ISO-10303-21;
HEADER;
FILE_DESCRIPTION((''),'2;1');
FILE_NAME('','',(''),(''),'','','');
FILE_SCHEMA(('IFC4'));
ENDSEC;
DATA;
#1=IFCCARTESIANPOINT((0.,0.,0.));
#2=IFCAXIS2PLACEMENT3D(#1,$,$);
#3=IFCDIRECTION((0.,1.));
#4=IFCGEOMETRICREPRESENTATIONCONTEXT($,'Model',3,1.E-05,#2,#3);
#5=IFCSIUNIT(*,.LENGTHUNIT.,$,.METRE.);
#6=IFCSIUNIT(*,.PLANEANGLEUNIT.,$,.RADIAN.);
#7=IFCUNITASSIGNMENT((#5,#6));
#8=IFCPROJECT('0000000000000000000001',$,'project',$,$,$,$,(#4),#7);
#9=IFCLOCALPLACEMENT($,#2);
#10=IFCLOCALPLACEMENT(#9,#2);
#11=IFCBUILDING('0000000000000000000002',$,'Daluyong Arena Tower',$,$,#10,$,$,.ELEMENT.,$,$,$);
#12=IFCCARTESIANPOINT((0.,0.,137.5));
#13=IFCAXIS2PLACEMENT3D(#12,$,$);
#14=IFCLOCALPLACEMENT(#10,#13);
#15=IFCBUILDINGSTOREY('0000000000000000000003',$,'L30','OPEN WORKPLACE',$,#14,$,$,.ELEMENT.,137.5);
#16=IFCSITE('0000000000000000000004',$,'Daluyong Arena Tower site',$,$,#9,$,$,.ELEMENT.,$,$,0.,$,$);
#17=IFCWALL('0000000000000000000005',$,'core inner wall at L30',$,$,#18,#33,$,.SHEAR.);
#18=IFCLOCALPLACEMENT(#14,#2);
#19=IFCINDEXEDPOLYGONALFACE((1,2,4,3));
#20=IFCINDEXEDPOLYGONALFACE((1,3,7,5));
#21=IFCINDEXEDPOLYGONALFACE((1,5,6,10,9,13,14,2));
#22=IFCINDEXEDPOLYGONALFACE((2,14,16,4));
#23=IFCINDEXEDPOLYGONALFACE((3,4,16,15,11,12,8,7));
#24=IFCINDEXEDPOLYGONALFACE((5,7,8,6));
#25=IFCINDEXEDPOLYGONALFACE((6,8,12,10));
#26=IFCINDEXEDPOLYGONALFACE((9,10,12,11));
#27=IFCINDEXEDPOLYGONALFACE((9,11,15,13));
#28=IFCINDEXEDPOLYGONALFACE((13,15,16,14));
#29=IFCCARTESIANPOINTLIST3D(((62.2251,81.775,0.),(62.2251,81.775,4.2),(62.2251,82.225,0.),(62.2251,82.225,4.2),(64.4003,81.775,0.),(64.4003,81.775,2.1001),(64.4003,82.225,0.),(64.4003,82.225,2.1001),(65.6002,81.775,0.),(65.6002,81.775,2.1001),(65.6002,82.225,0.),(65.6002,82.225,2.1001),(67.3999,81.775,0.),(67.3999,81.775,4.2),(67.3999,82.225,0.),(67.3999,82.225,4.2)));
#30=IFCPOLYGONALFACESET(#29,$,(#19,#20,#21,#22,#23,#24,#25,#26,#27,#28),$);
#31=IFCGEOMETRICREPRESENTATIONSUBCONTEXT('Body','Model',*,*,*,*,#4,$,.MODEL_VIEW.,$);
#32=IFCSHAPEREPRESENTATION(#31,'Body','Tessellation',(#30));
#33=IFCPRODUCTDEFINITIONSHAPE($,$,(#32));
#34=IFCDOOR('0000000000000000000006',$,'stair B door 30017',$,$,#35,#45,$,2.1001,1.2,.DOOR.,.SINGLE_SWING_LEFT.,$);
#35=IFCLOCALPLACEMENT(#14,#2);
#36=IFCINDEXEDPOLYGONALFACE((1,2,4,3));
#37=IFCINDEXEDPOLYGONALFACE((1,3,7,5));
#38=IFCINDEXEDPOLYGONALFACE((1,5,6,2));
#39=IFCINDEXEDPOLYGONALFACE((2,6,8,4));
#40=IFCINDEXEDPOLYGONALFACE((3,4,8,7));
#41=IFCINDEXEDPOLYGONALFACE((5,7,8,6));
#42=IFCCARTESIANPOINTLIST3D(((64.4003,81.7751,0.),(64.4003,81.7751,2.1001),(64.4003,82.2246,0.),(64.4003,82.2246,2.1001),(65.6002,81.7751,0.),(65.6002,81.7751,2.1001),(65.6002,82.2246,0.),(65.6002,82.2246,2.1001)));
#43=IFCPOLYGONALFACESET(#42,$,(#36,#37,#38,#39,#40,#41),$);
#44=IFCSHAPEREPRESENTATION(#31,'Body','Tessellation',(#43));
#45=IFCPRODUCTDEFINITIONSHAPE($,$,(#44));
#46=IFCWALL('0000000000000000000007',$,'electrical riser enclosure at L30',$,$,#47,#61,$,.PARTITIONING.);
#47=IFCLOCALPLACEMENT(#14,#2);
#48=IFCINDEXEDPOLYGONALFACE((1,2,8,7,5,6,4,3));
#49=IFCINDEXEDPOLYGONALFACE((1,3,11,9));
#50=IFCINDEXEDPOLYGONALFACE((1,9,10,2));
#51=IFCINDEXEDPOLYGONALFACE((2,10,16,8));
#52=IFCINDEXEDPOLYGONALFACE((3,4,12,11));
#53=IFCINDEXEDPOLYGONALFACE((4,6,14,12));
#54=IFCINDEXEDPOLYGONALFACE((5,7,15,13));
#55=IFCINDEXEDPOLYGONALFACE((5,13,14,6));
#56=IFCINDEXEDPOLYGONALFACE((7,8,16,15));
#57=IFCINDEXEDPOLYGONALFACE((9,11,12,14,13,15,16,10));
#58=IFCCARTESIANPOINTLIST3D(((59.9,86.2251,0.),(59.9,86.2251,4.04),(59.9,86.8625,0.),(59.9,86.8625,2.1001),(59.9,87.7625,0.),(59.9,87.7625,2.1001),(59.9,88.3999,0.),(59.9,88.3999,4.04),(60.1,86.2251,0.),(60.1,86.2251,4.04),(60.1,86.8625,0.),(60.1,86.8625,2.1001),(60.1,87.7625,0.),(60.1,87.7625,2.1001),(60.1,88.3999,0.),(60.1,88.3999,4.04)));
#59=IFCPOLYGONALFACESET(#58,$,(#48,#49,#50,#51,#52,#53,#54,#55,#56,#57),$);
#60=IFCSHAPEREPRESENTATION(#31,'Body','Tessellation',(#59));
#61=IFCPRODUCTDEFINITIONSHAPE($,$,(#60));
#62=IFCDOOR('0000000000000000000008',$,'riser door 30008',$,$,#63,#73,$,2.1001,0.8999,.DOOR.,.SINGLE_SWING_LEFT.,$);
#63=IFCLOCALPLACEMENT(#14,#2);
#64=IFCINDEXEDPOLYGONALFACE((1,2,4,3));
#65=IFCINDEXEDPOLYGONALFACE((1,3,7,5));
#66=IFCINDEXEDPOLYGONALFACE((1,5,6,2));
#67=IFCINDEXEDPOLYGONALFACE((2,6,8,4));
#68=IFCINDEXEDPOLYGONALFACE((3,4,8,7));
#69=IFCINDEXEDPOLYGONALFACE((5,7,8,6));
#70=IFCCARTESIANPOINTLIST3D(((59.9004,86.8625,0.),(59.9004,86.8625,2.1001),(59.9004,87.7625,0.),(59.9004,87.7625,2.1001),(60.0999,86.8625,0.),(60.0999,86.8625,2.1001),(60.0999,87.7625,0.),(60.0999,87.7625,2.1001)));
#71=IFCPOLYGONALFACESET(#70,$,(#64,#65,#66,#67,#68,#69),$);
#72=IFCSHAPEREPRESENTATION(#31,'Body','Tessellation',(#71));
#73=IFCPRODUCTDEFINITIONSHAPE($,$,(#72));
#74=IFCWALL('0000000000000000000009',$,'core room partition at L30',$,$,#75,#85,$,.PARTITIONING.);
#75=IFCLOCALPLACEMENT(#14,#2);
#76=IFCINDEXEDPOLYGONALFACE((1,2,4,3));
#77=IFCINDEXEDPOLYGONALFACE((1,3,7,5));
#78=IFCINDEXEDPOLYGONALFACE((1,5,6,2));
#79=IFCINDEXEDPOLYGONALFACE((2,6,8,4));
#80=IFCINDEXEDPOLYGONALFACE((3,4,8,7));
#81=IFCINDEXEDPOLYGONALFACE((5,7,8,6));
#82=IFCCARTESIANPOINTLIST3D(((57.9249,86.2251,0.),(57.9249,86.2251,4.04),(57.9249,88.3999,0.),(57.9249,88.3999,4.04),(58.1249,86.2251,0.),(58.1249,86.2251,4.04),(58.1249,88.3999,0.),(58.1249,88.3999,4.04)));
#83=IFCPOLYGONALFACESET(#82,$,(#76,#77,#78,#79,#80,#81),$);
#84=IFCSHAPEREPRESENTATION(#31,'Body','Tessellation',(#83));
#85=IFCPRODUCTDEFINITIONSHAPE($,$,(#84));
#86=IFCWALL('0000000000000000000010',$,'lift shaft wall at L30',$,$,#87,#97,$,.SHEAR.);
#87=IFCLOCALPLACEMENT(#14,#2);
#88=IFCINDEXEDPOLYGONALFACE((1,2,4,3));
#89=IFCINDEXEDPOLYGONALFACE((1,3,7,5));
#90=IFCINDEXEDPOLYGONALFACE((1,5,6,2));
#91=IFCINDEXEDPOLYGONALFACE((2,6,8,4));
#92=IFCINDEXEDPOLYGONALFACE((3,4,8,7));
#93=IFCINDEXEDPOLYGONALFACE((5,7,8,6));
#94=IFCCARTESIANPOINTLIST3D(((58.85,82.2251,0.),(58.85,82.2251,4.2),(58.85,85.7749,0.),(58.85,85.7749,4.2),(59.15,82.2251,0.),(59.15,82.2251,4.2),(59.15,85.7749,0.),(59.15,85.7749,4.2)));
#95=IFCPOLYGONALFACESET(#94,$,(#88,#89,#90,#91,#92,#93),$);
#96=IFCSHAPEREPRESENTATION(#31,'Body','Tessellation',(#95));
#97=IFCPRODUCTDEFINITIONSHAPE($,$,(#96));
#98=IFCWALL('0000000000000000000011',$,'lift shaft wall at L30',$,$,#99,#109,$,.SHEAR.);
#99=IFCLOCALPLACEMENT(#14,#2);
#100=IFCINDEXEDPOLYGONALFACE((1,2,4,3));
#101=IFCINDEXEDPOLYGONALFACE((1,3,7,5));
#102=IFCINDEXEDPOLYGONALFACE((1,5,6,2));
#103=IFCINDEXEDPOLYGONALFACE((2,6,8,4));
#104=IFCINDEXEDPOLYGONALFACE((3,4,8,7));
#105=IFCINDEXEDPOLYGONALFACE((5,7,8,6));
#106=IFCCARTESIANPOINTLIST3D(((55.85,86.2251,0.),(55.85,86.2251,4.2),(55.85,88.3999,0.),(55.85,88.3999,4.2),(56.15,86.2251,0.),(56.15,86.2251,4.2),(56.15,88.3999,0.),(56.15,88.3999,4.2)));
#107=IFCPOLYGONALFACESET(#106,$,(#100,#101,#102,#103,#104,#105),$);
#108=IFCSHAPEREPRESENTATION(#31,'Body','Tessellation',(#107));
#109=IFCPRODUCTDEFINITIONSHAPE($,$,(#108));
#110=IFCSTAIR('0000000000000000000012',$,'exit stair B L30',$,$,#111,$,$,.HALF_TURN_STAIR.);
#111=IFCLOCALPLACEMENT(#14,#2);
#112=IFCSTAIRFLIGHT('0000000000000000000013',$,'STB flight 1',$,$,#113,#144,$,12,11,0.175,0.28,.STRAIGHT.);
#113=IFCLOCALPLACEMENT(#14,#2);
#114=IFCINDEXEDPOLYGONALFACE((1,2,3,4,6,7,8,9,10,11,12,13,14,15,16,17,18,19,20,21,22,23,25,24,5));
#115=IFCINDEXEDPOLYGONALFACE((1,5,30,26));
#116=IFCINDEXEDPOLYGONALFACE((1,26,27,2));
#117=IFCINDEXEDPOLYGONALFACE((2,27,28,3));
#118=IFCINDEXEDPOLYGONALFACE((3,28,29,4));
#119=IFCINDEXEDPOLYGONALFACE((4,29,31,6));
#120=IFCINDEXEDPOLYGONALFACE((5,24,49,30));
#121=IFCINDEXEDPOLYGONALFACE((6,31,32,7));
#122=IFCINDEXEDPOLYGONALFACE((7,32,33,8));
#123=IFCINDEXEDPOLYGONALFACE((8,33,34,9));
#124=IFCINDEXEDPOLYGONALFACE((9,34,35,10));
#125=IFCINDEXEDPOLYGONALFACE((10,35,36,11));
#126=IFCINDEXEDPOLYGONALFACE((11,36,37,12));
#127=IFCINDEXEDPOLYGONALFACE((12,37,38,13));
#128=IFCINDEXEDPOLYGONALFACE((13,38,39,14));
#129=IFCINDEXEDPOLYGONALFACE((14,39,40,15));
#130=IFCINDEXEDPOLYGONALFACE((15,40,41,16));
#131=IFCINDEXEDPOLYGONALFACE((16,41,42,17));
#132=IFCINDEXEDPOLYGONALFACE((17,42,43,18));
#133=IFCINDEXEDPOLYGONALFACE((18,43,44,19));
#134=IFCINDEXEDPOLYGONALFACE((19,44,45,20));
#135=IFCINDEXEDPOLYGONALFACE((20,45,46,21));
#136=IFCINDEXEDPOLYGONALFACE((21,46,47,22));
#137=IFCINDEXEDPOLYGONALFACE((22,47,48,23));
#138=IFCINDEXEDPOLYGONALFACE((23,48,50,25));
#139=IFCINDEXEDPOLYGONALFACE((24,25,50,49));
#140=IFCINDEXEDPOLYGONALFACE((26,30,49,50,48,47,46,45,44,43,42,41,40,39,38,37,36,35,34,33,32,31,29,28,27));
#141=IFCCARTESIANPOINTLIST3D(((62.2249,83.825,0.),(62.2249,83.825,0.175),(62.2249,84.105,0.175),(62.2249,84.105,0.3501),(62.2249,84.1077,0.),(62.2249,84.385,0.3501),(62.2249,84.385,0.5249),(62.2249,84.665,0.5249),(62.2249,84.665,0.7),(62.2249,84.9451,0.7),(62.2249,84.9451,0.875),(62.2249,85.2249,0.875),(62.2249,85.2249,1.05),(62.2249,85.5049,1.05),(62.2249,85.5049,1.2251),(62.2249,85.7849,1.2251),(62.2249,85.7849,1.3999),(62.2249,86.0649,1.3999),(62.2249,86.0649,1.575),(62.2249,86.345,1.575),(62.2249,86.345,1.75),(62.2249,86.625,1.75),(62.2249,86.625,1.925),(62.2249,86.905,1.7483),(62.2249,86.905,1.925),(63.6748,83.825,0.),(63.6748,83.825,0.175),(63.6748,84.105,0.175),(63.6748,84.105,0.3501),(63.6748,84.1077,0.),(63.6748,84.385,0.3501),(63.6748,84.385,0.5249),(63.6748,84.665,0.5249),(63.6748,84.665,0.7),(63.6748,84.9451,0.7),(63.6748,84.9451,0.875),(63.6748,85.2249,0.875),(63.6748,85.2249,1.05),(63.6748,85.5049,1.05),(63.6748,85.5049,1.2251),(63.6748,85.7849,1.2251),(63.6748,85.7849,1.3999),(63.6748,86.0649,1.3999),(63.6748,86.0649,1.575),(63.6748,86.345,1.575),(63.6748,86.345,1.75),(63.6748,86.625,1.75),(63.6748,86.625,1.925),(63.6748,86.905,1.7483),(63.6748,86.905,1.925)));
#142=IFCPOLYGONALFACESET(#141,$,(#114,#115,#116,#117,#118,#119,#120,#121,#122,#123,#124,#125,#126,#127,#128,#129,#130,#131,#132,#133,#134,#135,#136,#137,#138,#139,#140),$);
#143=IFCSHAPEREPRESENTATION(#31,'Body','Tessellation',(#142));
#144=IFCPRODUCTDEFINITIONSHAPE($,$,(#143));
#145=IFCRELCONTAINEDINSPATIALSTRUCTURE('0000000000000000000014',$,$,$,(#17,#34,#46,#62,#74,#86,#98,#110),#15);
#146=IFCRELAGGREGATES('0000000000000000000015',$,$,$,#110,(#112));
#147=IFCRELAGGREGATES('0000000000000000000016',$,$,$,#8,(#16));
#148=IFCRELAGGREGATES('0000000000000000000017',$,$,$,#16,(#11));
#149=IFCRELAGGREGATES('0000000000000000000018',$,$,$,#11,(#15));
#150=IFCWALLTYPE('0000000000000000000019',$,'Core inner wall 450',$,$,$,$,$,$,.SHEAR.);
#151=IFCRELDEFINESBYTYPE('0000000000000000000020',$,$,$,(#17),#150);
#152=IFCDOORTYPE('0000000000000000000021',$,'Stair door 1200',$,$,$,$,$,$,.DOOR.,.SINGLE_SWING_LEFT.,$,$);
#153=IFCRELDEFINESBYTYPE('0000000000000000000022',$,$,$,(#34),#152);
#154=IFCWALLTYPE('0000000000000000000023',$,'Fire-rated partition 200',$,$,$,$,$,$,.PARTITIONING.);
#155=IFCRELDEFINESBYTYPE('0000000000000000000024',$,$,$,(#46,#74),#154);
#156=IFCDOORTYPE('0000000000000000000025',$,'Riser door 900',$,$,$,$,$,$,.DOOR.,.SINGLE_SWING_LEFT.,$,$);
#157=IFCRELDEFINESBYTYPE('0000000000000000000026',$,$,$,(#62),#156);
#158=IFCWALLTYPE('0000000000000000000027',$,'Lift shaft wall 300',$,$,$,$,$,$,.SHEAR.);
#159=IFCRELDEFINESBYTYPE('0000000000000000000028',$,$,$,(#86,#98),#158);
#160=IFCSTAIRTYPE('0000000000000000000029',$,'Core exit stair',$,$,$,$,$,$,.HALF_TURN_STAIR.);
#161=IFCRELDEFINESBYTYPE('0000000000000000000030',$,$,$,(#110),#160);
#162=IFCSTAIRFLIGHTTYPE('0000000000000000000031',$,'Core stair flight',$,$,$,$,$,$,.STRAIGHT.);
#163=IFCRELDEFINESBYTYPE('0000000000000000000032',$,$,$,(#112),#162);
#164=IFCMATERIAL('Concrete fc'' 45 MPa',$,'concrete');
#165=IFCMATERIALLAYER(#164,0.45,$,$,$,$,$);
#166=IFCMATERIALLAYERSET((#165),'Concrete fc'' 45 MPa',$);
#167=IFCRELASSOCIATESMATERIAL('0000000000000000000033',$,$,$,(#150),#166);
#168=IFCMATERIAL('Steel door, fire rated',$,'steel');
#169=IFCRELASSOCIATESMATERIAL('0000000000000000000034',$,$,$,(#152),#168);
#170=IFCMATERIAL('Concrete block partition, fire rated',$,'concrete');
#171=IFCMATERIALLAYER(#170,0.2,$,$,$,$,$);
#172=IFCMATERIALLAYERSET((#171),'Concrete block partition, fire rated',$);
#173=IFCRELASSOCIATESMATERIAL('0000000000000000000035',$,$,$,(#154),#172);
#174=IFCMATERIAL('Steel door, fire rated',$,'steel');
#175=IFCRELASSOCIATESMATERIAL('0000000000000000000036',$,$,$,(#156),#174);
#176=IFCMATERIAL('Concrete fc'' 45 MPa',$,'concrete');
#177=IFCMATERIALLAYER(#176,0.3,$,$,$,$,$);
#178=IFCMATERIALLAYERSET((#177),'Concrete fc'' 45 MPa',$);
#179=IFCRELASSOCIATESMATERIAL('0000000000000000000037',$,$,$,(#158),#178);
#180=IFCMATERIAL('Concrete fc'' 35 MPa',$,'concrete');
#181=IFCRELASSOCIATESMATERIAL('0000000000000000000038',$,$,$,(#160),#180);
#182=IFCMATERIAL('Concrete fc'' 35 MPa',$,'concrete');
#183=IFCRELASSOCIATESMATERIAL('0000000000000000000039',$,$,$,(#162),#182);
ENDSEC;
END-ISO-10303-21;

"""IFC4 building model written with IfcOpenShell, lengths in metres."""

from ifc_helpers import new_model, si_unit, direction, frame, frame_2d, origin, place, context, subcontext, project, spatial, polyline, rectangle, outline, extrude, material, layer, layer_set, type_object, element, fill, aggregate, save


model = new_model("IFC4")

# Units and contexts
model_context = context("Model", 3, precision=1e-05, world=origin(), true_north=direction((0.0, 1.0)))
body_context = subcontext(model_context, "Body", "Model", "MODEL_VIEW")
ifc_project = project(units=[si_unit("LENGTHUNIT", "METRE"), si_unit("PLANEANGLEUNIT", "RADIAN")], contexts=[model_context])

# Site, building, storey
site_placement = place(None, origin())
site = spatial("IfcSite", under=ifc_project, at=site_placement, Name="Daluyong Arena Tower site", CompositionType="ELEMENT", RefElevation=0.0)
building_placement = place(site_placement, origin())
building = spatial("IfcBuilding", under=site, at=building_placement, Name="Daluyong Arena Tower", CompositionType="ELEMENT")
storey_placement = place(building_placement, frame((0.0, 0.0, 137.5)))
storey = spatial("IfcBuildingStorey", under=building, at=storey_placement, Name="L30", Description="OPEN WORKPLACE", CompositionType="ELEMENT", Elevation=137.5)

# Walls, openings, doors
ifc_material_1 = material(Name="Concrete fc' 45 MPa", Category="concrete")
ifc_layer_1 = layer(ifc_material_1, 0.45)
ifc_layer_set_1 = layer_set([ifc_layer_1], Name="Concrete fc' 45 MPa")
wall_type_1 = type_object("IfcWallType", Name="Core inner wall 450", PredefinedType="SHEAR", material=ifc_layer_set_1)
wall_1_placement = place(storey_placement, frame((62.2251, 82.0, 0.0), z_axis=(0.0, 0.0, 1.0), x_axis=(1.0, 0.0, 0.0)))
wall_1 = element("IfcWall", 1, at=wall_1_placement, inside=storey, type_object=wall_type_1, Name="core inner wall at L30", PredefinedType="SHEAR", context=body_context, shape_type="SweptSolid", body=[
    extrude(rectangle(XDim=5.1748, YDim=0.45, at=frame_2d((2.5874, 0.0))), origin(), (0.0, 0.0, 1.0), 4.2),
])
opening_1_placement = place(wall_1_placement, frame((2.175, 0.0, 0.0)))
opening_1 = element("IfcOpeningElement", 2, at=opening_1_placement, cuts=wall_1, PredefinedType="OPENING", context=body_context, shape_type="SweptSolid", body=[
    extrude(rectangle(XDim=1.2, YDim=2.1001, at=frame_2d((0.6001, 1.05))), frame((0.0, 0.2349, 0.0), z_axis=(0.0, -1.0, 0.0), x_axis=(1.0, 0.0, 0.0)), (0.0, 0.0, 1.0), 0.47),
])
ifc_material_2 = material(Name="Steel door, fire rated", Category="steel")
door_type_1 = type_object("IfcDoorType", Name="Stair door 1200", OperationType="SINGLE_SWING_LEFT", PredefinedType="DOOR", material=ifc_material_2)
door_1_placement = place(opening_1_placement, origin())
door_1 = element("IfcDoor", 3, at=door_1_placement, inside=storey, type_object=door_type_1, Name="stair B door 30017", OperationType="SINGLE_SWING_LEFT", OverallHeight=2.1001, OverallWidth=1.2, PredefinedType="DOOR", context=body_context, shape_type="SweptSolid", body=[
    extrude(rectangle(XDim=1.2, YDim=2.1001, at=frame_2d((0.6001, 1.05))), frame((0.0, 0.2246, 0.0), z_axis=(0.0, -1.0, 0.0), x_axis=(1.0, 0.0, 0.0)), (0.0, 0.0, 1.0), 0.4495),
])
fill(opening_1, door_1)
ifc_material_3 = material(Name="Concrete block partition, fire rated", Category="concrete")
ifc_layer_2 = layer(ifc_material_3, 0.2)
ifc_layer_set_2 = layer_set([ifc_layer_2], Name="Concrete block partition, fire rated")
wall_type_2 = type_object("IfcWallType", Name="Fire-rated partition 200", PredefinedType="PARTITIONING", material=ifc_layer_set_2)
wall_2_placement = place(storey_placement, frame((60.0, 86.2251, 0.0), z_axis=(0.0, 0.0, 1.0), x_axis=(0.0, 1.0, 0.0)))
wall_2 = element("IfcWall", 4, at=wall_2_placement, inside=storey, type_object=wall_type_2, Name="electrical riser enclosure at L30", PredefinedType="PARTITIONING", context=body_context, shape_type="SweptSolid", body=[
    extrude(rectangle(XDim=2.1748, YDim=0.2, at=frame_2d((1.0874, 0.0))), origin(), (0.0, 0.0, 1.0), 4.04),
])
opening_2_placement = place(wall_2_placement, frame((0.6375, 0.0, 0.0)))
opening_2 = element("IfcOpeningElement", 5, at=opening_2_placement, cuts=wall_2, PredefinedType="OPENING", context=body_context, shape_type="SweptSolid", body=[
    extrude(rectangle(XDim=0.8999, YDim=2.1001, at=frame_2d((0.45, 1.05))), frame((0.0, 0.1099, 0.0), z_axis=(0.0, -1.0, 0.0), x_axis=(1.0, 0.0, 0.0)), (0.0, 0.0, 1.0), 0.22),
])
ifc_material_4 = material(Name="Steel door, fire rated", Category="steel")
door_type_2 = type_object("IfcDoorType", Name="Riser door 900", OperationType="SINGLE_SWING_LEFT", PredefinedType="DOOR", material=ifc_material_4)
door_2_placement = place(opening_2_placement, origin())
door_2 = element("IfcDoor", 6, at=door_2_placement, inside=storey, type_object=door_type_2, Name="riser door 30008", OperationType="SINGLE_SWING_LEFT", OverallHeight=2.1001, OverallWidth=0.8999, PredefinedType="DOOR", context=body_context, shape_type="SweptSolid", body=[
    extrude(rectangle(XDim=0.8999, YDim=2.1001, at=frame_2d((0.45, 1.05))), frame((0.0, 0.0996, 0.0), z_axis=(0.0, -1.0, 0.0), x_axis=(1.0, 0.0, 0.0)), (0.0, 0.0, 1.0), 0.1995),
])
fill(opening_2, door_2)

# Walls
wall_3_placement = place(storey_placement, frame((58.0249, 86.2251, 0.0), z_axis=(0.0, 0.0, 1.0), x_axis=(0.0, 1.0, 0.0)))
element("IfcWall", 7, at=wall_3_placement, inside=storey, type_object=wall_type_2, Name="core room partition at L30", PredefinedType="PARTITIONING", context=body_context, shape_type="SweptSolid", body=[
    extrude(rectangle(XDim=2.1748, YDim=0.2, at=frame_2d((1.0874, 0.0))), origin(), (0.0, 0.0, 1.0), 4.04),
])
ifc_material_5 = material(Name="Concrete fc' 45 MPa", Category="concrete")
ifc_layer_3 = layer(ifc_material_5, 0.3)
ifc_layer_set_3 = layer_set([ifc_layer_3], Name="Concrete fc' 45 MPa")
wall_type_3 = type_object("IfcWallType", Name="Lift shaft wall 300", PredefinedType="SHEAR", material=ifc_layer_set_3)
wall_4_placement = place(storey_placement, frame((59.0, 82.2251, 0.0), z_axis=(0.0, 0.0, 1.0), x_axis=(0.0, 1.0, 0.0)))
element("IfcWall", 8, at=wall_4_placement, inside=storey, type_object=wall_type_3, Name="lift shaft wall at L30", PredefinedType="SHEAR", context=body_context, shape_type="SweptSolid", body=[
    extrude(rectangle(XDim=3.5498, YDim=0.3, at=frame_2d((1.7749, 0.0))), origin(), (0.0, 0.0, 1.0), 4.2),
])
wall_5_placement = place(storey_placement, frame((56.0, 86.2251, 0.0), z_axis=(0.0, 0.0, 1.0), x_axis=(0.0, 1.0, 0.0)))
element("IfcWall", 9, at=wall_5_placement, inside=storey, type_object=wall_type_3, Name="lift shaft wall at L30", PredefinedType="SHEAR", context=body_context, shape_type="SweptSolid", body=[
    extrude(rectangle(XDim=2.1748, YDim=0.3, at=frame_2d((1.0874, 0.0))), origin(), (0.0, 0.0, 1.0), 4.2),
])

# Stair, stair flight
ifc_material_6 = material(Name="Concrete fc' 35 MPa", Category="concrete")
stair_type = type_object("IfcStairType", Name="Core exit stair", PredefinedType="HALF_TURN_STAIR", material=ifc_material_6)
stair_placement = place(storey_placement, origin())
stair = element("IfcStair", 10, at=stair_placement, inside=storey, type_object=stair_type, Name="exit stair B L30", PredefinedType="HALF_TURN_STAIR")
ifc_material_7 = material(Name="Concrete fc' 35 MPa", Category="concrete")
stair_flight_type = type_object("IfcStairFlightType", Name="Core stair flight", PredefinedType="STRAIGHT", material=ifc_material_7)
stair_flight_placement = place(storey_placement, frame((62.95, 83.825, 0.0), z_axis=(0.0, 0.0, 1.0), x_axis=(0.0, 1.0, 0.0)))
stair_flight = element("IfcStairFlight", 11, at=stair_flight_placement, type_object=stair_flight_type, Name="STB flight 1", NumberOfRisers=12, NumberOfTreads=11, PredefinedType="STRAIGHT", RiserHeight=0.175, TreadLength=0.28, context=body_context, shape_type="SweptSolid", body=[
    extrude(outline(polyline([(0.0, 0.0), (0.0, 0.175), (0.28, 0.175), (0.28, 0.3501), (0.5601, 0.3501), (0.5601, 0.5249), (0.8401, 0.5249), (0.8401, 0.7), (1.1201, 0.7), (1.1201, 0.875), (1.3999, 0.875), (1.3999, 1.05), (1.6799, 1.05), (1.6799, 1.2251), (1.96, 1.2251), (1.96, 1.3999), (2.24, 1.3999), (2.24, 1.575), (2.52, 1.575), (2.52, 1.75), (2.8, 1.75), (2.8, 1.925), (3.0801, 1.925), (3.0801, 2.1001), (3.0801, 1.7483), (0.2827, 0.0), (0.0, 0.0)])), frame((0.0, 0.7251, 0.0), z_axis=(0.0, -1.0, 0.0), x_axis=(1.0, 0.0, 0.0)), (0.0, 0.0, 1.0), 1.45),
])
aggregate(stair, [stair_flight])

save(model, "model.ifc")
